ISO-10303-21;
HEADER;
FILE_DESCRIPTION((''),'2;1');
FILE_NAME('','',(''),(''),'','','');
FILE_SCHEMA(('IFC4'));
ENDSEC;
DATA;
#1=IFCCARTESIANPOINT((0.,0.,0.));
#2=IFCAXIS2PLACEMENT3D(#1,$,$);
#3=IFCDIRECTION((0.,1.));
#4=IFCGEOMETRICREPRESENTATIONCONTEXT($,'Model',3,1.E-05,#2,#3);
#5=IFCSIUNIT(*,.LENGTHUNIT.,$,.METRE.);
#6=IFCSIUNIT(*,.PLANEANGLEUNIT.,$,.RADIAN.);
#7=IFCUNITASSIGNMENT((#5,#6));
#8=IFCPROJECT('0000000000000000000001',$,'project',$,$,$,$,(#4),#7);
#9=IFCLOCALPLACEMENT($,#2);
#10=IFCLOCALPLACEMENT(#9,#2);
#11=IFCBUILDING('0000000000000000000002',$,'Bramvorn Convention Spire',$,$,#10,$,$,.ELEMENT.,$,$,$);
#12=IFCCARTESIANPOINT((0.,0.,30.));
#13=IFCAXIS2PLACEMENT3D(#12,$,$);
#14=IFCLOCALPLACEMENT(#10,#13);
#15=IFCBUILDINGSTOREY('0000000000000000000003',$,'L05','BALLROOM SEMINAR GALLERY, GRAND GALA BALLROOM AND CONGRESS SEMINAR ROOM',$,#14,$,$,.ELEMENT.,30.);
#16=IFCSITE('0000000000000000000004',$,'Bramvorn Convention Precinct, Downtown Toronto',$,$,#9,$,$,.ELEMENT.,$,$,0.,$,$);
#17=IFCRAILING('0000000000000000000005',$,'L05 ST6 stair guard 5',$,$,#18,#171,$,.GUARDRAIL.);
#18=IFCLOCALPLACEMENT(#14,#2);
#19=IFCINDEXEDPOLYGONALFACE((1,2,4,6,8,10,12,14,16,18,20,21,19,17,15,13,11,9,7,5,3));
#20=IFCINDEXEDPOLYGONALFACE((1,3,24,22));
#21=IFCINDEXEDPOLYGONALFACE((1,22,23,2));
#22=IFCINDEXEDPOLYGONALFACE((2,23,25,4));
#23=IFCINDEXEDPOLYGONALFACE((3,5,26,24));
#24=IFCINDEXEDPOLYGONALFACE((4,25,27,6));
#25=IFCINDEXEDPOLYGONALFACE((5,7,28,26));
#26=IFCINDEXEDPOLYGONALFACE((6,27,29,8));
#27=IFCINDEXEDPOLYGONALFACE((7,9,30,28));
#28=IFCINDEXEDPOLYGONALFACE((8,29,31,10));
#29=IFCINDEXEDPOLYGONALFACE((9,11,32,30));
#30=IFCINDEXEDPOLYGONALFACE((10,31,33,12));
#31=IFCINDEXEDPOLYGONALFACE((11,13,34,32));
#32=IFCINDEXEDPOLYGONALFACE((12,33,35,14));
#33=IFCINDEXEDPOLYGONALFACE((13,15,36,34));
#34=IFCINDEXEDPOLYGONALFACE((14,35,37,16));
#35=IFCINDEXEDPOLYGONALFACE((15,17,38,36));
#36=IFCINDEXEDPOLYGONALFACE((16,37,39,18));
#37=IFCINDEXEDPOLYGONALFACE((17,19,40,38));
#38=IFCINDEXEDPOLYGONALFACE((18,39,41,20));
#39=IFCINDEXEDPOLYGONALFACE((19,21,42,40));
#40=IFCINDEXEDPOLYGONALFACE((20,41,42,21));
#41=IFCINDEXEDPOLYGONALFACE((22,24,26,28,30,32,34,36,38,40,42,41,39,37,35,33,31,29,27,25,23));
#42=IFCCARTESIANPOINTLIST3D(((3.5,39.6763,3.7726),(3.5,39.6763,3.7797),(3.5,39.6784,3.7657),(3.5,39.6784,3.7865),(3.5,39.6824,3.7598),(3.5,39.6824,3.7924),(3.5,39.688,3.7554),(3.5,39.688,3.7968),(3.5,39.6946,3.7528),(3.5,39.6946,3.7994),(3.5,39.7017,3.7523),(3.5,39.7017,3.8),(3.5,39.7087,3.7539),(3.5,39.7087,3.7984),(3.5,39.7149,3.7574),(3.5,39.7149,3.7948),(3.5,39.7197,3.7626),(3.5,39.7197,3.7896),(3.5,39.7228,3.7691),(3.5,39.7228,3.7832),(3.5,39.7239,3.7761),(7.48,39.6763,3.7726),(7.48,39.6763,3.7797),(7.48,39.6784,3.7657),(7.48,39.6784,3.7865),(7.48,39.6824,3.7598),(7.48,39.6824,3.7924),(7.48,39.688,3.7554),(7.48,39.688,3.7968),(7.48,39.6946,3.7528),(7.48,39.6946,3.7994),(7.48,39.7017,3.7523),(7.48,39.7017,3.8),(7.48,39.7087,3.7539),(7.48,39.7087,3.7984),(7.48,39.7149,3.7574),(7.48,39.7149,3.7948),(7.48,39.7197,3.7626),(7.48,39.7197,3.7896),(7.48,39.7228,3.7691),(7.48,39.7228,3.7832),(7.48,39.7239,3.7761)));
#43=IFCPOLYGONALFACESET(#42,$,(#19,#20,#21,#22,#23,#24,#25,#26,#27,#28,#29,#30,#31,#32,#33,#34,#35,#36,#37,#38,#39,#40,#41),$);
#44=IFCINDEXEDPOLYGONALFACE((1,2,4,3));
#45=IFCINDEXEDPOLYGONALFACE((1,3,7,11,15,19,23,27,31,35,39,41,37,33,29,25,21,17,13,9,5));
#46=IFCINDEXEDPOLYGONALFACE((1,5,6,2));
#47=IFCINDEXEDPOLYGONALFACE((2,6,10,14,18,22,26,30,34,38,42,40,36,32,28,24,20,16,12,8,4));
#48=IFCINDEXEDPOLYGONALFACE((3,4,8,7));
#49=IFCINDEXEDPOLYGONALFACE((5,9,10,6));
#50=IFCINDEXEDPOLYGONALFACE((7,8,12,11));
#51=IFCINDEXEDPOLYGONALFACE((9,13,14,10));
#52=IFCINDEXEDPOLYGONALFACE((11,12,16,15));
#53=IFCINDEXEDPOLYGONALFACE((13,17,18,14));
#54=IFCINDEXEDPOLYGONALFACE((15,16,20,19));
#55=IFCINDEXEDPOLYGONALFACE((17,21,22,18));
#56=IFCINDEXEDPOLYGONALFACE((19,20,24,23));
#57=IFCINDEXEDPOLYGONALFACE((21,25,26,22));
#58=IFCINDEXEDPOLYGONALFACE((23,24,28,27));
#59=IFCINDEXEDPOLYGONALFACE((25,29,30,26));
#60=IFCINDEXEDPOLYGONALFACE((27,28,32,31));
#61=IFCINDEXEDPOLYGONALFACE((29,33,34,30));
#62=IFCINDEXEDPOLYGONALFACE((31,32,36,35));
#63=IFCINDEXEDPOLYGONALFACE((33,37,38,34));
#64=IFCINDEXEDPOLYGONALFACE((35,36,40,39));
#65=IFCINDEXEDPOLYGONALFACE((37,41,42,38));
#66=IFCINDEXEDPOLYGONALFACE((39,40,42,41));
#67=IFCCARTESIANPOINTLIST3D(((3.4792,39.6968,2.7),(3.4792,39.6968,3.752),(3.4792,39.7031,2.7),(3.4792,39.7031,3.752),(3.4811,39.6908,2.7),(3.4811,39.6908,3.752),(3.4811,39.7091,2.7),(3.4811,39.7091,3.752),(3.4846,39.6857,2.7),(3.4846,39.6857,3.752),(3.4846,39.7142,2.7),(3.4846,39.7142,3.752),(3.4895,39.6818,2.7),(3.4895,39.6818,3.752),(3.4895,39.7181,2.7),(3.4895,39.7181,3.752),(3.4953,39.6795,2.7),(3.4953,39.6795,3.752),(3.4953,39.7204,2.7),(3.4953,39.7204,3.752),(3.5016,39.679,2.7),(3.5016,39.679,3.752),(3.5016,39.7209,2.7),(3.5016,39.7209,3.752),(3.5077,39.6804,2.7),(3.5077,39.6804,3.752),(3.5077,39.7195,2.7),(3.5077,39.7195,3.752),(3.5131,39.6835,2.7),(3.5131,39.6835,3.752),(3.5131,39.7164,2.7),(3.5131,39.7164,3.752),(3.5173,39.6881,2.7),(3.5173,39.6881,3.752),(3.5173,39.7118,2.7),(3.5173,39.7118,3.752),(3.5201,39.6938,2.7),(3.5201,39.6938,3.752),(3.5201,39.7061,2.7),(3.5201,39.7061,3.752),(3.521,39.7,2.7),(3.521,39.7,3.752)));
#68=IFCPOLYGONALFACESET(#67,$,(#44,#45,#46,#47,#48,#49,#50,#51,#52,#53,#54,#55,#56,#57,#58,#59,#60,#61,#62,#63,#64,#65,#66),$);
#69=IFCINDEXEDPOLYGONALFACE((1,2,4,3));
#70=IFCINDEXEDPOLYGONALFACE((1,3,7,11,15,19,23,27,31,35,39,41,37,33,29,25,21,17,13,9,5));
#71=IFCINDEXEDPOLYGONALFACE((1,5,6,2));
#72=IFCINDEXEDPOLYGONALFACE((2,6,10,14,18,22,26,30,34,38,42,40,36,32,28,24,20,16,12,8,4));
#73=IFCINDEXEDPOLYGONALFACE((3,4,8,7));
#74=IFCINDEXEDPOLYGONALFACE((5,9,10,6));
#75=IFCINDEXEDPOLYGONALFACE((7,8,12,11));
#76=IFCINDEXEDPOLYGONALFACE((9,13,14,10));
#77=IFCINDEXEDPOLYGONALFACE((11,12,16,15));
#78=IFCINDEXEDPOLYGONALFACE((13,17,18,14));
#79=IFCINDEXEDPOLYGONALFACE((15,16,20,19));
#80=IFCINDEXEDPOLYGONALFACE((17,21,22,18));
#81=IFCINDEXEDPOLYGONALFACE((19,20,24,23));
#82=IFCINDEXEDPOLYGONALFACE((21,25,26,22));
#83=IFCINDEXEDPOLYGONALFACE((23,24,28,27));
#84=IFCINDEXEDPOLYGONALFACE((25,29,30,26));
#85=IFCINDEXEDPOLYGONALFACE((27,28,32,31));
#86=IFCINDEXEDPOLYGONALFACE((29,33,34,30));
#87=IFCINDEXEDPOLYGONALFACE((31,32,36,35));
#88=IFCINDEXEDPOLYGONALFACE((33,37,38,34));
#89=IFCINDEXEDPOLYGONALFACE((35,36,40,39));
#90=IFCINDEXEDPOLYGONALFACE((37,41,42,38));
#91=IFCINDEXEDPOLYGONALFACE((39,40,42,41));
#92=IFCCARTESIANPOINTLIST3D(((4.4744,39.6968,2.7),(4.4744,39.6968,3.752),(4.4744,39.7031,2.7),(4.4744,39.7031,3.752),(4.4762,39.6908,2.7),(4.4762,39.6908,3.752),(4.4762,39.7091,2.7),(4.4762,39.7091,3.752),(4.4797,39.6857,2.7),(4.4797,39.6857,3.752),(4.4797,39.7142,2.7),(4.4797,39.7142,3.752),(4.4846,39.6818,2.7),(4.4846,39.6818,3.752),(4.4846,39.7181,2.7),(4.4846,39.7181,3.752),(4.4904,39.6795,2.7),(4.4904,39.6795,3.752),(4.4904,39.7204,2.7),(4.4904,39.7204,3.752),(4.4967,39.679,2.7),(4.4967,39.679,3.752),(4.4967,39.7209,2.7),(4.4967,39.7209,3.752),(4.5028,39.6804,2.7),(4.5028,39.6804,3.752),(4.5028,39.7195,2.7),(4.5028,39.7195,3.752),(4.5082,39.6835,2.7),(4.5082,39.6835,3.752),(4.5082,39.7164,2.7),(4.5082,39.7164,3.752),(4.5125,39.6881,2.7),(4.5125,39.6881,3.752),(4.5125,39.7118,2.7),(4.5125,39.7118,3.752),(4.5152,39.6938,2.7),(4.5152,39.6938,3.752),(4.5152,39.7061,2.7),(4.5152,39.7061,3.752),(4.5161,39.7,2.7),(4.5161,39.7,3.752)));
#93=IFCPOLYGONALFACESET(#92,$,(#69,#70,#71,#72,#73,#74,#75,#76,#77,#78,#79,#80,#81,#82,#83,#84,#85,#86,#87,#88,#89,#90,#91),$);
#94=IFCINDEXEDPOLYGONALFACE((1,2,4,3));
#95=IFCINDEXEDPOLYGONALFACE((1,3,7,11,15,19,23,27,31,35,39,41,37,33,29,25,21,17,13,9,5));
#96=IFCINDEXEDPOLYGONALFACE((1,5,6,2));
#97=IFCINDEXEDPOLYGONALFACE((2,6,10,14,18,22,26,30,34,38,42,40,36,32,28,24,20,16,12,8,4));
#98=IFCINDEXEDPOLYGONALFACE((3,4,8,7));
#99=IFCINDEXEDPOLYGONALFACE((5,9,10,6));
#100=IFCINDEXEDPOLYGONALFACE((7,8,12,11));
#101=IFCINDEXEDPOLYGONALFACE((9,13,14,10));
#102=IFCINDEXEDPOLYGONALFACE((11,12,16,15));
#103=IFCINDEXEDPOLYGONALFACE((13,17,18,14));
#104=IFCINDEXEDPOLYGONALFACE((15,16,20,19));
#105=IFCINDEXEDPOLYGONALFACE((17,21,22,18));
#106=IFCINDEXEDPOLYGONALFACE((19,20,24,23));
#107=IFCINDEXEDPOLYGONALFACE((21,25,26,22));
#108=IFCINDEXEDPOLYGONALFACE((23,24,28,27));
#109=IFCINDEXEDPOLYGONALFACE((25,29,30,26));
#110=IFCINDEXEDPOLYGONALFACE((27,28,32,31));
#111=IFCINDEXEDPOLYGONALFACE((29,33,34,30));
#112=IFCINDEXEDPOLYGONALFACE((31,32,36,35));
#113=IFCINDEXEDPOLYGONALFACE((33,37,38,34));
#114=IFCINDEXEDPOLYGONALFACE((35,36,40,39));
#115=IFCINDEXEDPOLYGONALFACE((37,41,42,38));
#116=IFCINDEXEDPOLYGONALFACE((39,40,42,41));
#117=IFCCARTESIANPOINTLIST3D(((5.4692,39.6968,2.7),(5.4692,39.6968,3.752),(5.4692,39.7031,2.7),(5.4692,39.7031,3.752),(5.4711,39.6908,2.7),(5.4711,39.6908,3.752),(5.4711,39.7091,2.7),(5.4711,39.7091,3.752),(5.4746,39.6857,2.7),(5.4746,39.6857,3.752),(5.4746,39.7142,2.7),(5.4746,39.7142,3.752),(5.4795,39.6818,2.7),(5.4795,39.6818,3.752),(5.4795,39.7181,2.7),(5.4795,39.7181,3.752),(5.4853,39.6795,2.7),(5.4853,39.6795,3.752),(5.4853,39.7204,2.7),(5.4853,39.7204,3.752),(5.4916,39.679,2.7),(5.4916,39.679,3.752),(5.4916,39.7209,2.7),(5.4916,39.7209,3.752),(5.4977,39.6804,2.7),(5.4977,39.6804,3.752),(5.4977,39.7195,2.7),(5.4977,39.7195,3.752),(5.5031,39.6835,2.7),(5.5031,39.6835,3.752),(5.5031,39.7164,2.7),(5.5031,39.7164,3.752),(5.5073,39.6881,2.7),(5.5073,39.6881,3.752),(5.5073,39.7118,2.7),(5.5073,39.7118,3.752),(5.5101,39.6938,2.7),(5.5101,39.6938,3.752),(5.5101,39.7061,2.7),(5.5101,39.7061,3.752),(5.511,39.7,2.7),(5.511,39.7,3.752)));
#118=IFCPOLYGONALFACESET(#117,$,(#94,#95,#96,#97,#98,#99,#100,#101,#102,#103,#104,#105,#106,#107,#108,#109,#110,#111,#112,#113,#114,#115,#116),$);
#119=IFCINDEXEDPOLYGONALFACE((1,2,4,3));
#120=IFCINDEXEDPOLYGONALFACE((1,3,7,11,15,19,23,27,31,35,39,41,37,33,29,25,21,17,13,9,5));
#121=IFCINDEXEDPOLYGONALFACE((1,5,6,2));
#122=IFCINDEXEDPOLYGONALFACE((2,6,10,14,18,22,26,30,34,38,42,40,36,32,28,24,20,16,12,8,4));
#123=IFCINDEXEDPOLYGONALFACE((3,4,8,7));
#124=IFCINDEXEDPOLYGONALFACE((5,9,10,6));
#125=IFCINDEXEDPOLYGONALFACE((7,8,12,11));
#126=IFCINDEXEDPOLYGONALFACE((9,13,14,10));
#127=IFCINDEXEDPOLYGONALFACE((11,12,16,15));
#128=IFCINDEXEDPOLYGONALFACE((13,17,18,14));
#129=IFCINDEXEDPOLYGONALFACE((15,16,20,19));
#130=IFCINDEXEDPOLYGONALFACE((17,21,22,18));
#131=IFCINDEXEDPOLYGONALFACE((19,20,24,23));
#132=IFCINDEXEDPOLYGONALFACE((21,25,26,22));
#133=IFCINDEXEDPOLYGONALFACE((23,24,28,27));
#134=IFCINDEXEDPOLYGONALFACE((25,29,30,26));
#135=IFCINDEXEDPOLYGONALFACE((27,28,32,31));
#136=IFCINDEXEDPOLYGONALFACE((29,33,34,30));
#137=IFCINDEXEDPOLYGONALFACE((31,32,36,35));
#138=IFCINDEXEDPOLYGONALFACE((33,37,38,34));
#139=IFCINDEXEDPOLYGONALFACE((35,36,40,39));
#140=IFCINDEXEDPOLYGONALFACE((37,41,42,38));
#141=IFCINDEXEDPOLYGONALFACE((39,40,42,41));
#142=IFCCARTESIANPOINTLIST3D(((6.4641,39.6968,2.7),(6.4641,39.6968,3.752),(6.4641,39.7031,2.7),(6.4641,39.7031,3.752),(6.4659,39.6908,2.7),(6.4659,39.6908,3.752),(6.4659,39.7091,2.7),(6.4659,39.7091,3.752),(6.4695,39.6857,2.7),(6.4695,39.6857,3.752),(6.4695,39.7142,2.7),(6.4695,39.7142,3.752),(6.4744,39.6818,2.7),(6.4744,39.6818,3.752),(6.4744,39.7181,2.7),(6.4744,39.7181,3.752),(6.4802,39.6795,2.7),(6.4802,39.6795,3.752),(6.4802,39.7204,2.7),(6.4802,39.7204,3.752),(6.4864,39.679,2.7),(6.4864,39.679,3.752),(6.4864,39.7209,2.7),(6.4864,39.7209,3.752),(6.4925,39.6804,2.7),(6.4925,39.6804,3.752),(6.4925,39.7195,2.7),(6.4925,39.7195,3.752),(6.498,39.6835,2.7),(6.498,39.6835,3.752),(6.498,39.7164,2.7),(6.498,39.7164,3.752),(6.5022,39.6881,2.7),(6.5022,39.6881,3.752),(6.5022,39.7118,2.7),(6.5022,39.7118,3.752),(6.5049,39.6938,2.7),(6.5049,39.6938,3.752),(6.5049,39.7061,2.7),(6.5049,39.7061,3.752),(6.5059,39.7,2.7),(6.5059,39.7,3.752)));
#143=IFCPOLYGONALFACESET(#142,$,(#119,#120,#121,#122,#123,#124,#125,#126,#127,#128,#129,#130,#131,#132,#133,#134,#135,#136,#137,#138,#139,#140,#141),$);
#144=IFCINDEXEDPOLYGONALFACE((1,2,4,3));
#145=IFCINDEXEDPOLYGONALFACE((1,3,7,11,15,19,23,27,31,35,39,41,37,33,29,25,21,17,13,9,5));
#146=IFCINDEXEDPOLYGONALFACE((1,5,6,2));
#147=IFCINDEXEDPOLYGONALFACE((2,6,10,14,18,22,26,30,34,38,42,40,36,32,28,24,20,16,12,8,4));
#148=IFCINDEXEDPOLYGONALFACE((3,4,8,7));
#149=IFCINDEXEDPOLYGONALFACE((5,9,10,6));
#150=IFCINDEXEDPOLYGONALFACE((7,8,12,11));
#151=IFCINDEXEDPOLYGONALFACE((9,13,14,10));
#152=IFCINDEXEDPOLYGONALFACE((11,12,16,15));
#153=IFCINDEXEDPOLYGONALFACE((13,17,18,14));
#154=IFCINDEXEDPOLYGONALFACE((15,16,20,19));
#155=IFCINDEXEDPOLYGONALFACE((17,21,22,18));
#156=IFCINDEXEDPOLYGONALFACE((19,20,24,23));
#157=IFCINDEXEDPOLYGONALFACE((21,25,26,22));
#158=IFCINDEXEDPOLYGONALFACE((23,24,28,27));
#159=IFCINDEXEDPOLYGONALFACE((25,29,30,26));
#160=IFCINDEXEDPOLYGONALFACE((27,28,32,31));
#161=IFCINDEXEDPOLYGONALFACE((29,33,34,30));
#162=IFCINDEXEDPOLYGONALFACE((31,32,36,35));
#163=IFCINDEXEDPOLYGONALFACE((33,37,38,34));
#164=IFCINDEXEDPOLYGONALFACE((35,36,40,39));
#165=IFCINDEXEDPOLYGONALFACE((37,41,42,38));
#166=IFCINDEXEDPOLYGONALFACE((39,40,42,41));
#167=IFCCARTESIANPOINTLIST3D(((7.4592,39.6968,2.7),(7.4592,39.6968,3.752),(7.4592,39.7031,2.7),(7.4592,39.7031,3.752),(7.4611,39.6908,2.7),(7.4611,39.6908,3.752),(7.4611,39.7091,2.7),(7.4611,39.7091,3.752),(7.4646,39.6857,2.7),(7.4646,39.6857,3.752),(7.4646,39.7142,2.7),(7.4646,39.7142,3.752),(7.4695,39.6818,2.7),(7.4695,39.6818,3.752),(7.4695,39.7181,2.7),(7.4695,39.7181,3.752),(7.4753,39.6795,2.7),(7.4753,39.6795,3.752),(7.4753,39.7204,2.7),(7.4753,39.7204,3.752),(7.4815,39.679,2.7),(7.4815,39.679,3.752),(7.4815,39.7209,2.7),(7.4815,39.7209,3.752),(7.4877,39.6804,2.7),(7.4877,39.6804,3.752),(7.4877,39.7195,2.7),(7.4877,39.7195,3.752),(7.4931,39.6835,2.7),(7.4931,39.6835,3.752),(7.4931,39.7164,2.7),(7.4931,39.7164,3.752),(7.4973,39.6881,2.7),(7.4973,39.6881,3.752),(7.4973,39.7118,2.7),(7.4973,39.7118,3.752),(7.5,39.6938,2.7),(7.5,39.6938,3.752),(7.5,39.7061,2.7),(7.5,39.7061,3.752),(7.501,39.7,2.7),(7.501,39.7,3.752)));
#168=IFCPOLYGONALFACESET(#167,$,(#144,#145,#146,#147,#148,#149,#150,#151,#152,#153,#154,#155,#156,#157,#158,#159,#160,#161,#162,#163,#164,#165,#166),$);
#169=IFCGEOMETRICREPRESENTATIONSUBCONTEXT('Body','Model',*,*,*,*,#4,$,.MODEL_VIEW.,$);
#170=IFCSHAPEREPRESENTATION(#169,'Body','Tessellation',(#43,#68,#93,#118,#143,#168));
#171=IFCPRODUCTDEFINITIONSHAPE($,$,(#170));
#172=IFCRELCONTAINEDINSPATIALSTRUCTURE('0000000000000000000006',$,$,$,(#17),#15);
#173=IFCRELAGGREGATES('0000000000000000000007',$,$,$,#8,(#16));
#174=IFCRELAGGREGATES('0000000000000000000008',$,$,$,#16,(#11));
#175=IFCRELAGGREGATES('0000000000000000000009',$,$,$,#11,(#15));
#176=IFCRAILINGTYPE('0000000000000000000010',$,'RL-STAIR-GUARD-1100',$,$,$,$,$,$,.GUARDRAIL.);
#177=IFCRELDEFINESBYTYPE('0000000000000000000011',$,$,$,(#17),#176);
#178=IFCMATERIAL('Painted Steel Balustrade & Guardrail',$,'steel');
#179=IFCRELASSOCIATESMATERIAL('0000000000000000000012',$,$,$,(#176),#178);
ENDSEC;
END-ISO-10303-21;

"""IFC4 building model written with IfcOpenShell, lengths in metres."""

from ifc_helpers import new_model, si_unit, direction, frame, origin, origin_2d, place, context, subcontext, project, spatial, circle, extrude, material, type_object, element, save


model = new_model("IFC4")

# Units and contexts
model_context = context("Model", 3, precision=1e-05, world=origin(), true_north=direction((0.0, 1.0)))
body_context = subcontext(model_context, "Body", "Model", "MODEL_VIEW")
ifc_project = project(units=[si_unit("LENGTHUNIT", "METRE"), si_unit("PLANEANGLEUNIT", "RADIAN")], contexts=[model_context])

# Site, building, storey
site_placement = place(None, origin())
site = spatial("IfcSite", under=ifc_project, at=site_placement, Name="Bramvorn Convention Precinct, Downtown Toronto", CompositionType="ELEMENT", RefElevation=0.0)
building_placement = place(site_placement, origin())
building = spatial("IfcBuilding", under=site, at=building_placement, Name="Bramvorn Convention Spire", CompositionType="ELEMENT")
storey_placement = place(building_placement, frame((0.0, 0.0, 30.0)))
storey = spatial("IfcBuildingStorey", under=building, at=storey_placement, Name="L05", Description="BALLROOM SEMINAR GALLERY, GRAND GALA BALLROOM AND CONGRESS SEMINAR ROOM", CompositionType="ELEMENT", Elevation=30.0)

# Railing
ifc_material_1 = material(Name="Painted Steel Balustrade & Guardrail", Category="steel")
railing_type = type_object("IfcRailingType", Name="RL-STAIR-GUARD-1100", PredefinedType="GUARDRAIL", material=ifc_material_1)
railing_1_placement = place(storey_placement, frame((3.5, 39.7, 2.7)))
element("IfcRailing", 1, at=railing_1_placement, inside=storey, type_object=railing_type, Name="L05 ST6 stair guard 5", PredefinedType="GUARDRAIL", context=body_context, shape_type="SweptSolid", body=[
    extrude(circle(Radius=0.0239, at=origin_2d()), frame((0.0, 0.0, 1.0762), z_axis=(1.0, 0.0, 0.0), x_axis=(0.0, 1.0, 0.0)), (0.0, 0.0, 1.0), 3.98),
    extrude(circle(Radius=0.021, at=origin_2d()), origin(), (0.0, 0.0, 1.0), 1.052),
    extrude(circle(Radius=0.021, at=origin_2d()), frame((0.9951, 0.0, 0.0)), (0.0, 0.0, 1.0), 1.052),
    extrude(circle(Radius=0.021, at=origin_2d()), frame((1.99, 0.0, 0.0)), (0.0, 0.0, 1.0), 1.052),
    extrude(circle(Radius=0.021, at=origin_2d()), frame((2.9849, 0.0, 0.0)), (0.0, 0.0, 1.0), 1.052),
    extrude(circle(Radius=0.021, at=origin_2d()), frame((3.98, 0.0, 0.0)), (0.0, 0.0, 1.0), 1.052),
])

save(model, "model.ifc")
